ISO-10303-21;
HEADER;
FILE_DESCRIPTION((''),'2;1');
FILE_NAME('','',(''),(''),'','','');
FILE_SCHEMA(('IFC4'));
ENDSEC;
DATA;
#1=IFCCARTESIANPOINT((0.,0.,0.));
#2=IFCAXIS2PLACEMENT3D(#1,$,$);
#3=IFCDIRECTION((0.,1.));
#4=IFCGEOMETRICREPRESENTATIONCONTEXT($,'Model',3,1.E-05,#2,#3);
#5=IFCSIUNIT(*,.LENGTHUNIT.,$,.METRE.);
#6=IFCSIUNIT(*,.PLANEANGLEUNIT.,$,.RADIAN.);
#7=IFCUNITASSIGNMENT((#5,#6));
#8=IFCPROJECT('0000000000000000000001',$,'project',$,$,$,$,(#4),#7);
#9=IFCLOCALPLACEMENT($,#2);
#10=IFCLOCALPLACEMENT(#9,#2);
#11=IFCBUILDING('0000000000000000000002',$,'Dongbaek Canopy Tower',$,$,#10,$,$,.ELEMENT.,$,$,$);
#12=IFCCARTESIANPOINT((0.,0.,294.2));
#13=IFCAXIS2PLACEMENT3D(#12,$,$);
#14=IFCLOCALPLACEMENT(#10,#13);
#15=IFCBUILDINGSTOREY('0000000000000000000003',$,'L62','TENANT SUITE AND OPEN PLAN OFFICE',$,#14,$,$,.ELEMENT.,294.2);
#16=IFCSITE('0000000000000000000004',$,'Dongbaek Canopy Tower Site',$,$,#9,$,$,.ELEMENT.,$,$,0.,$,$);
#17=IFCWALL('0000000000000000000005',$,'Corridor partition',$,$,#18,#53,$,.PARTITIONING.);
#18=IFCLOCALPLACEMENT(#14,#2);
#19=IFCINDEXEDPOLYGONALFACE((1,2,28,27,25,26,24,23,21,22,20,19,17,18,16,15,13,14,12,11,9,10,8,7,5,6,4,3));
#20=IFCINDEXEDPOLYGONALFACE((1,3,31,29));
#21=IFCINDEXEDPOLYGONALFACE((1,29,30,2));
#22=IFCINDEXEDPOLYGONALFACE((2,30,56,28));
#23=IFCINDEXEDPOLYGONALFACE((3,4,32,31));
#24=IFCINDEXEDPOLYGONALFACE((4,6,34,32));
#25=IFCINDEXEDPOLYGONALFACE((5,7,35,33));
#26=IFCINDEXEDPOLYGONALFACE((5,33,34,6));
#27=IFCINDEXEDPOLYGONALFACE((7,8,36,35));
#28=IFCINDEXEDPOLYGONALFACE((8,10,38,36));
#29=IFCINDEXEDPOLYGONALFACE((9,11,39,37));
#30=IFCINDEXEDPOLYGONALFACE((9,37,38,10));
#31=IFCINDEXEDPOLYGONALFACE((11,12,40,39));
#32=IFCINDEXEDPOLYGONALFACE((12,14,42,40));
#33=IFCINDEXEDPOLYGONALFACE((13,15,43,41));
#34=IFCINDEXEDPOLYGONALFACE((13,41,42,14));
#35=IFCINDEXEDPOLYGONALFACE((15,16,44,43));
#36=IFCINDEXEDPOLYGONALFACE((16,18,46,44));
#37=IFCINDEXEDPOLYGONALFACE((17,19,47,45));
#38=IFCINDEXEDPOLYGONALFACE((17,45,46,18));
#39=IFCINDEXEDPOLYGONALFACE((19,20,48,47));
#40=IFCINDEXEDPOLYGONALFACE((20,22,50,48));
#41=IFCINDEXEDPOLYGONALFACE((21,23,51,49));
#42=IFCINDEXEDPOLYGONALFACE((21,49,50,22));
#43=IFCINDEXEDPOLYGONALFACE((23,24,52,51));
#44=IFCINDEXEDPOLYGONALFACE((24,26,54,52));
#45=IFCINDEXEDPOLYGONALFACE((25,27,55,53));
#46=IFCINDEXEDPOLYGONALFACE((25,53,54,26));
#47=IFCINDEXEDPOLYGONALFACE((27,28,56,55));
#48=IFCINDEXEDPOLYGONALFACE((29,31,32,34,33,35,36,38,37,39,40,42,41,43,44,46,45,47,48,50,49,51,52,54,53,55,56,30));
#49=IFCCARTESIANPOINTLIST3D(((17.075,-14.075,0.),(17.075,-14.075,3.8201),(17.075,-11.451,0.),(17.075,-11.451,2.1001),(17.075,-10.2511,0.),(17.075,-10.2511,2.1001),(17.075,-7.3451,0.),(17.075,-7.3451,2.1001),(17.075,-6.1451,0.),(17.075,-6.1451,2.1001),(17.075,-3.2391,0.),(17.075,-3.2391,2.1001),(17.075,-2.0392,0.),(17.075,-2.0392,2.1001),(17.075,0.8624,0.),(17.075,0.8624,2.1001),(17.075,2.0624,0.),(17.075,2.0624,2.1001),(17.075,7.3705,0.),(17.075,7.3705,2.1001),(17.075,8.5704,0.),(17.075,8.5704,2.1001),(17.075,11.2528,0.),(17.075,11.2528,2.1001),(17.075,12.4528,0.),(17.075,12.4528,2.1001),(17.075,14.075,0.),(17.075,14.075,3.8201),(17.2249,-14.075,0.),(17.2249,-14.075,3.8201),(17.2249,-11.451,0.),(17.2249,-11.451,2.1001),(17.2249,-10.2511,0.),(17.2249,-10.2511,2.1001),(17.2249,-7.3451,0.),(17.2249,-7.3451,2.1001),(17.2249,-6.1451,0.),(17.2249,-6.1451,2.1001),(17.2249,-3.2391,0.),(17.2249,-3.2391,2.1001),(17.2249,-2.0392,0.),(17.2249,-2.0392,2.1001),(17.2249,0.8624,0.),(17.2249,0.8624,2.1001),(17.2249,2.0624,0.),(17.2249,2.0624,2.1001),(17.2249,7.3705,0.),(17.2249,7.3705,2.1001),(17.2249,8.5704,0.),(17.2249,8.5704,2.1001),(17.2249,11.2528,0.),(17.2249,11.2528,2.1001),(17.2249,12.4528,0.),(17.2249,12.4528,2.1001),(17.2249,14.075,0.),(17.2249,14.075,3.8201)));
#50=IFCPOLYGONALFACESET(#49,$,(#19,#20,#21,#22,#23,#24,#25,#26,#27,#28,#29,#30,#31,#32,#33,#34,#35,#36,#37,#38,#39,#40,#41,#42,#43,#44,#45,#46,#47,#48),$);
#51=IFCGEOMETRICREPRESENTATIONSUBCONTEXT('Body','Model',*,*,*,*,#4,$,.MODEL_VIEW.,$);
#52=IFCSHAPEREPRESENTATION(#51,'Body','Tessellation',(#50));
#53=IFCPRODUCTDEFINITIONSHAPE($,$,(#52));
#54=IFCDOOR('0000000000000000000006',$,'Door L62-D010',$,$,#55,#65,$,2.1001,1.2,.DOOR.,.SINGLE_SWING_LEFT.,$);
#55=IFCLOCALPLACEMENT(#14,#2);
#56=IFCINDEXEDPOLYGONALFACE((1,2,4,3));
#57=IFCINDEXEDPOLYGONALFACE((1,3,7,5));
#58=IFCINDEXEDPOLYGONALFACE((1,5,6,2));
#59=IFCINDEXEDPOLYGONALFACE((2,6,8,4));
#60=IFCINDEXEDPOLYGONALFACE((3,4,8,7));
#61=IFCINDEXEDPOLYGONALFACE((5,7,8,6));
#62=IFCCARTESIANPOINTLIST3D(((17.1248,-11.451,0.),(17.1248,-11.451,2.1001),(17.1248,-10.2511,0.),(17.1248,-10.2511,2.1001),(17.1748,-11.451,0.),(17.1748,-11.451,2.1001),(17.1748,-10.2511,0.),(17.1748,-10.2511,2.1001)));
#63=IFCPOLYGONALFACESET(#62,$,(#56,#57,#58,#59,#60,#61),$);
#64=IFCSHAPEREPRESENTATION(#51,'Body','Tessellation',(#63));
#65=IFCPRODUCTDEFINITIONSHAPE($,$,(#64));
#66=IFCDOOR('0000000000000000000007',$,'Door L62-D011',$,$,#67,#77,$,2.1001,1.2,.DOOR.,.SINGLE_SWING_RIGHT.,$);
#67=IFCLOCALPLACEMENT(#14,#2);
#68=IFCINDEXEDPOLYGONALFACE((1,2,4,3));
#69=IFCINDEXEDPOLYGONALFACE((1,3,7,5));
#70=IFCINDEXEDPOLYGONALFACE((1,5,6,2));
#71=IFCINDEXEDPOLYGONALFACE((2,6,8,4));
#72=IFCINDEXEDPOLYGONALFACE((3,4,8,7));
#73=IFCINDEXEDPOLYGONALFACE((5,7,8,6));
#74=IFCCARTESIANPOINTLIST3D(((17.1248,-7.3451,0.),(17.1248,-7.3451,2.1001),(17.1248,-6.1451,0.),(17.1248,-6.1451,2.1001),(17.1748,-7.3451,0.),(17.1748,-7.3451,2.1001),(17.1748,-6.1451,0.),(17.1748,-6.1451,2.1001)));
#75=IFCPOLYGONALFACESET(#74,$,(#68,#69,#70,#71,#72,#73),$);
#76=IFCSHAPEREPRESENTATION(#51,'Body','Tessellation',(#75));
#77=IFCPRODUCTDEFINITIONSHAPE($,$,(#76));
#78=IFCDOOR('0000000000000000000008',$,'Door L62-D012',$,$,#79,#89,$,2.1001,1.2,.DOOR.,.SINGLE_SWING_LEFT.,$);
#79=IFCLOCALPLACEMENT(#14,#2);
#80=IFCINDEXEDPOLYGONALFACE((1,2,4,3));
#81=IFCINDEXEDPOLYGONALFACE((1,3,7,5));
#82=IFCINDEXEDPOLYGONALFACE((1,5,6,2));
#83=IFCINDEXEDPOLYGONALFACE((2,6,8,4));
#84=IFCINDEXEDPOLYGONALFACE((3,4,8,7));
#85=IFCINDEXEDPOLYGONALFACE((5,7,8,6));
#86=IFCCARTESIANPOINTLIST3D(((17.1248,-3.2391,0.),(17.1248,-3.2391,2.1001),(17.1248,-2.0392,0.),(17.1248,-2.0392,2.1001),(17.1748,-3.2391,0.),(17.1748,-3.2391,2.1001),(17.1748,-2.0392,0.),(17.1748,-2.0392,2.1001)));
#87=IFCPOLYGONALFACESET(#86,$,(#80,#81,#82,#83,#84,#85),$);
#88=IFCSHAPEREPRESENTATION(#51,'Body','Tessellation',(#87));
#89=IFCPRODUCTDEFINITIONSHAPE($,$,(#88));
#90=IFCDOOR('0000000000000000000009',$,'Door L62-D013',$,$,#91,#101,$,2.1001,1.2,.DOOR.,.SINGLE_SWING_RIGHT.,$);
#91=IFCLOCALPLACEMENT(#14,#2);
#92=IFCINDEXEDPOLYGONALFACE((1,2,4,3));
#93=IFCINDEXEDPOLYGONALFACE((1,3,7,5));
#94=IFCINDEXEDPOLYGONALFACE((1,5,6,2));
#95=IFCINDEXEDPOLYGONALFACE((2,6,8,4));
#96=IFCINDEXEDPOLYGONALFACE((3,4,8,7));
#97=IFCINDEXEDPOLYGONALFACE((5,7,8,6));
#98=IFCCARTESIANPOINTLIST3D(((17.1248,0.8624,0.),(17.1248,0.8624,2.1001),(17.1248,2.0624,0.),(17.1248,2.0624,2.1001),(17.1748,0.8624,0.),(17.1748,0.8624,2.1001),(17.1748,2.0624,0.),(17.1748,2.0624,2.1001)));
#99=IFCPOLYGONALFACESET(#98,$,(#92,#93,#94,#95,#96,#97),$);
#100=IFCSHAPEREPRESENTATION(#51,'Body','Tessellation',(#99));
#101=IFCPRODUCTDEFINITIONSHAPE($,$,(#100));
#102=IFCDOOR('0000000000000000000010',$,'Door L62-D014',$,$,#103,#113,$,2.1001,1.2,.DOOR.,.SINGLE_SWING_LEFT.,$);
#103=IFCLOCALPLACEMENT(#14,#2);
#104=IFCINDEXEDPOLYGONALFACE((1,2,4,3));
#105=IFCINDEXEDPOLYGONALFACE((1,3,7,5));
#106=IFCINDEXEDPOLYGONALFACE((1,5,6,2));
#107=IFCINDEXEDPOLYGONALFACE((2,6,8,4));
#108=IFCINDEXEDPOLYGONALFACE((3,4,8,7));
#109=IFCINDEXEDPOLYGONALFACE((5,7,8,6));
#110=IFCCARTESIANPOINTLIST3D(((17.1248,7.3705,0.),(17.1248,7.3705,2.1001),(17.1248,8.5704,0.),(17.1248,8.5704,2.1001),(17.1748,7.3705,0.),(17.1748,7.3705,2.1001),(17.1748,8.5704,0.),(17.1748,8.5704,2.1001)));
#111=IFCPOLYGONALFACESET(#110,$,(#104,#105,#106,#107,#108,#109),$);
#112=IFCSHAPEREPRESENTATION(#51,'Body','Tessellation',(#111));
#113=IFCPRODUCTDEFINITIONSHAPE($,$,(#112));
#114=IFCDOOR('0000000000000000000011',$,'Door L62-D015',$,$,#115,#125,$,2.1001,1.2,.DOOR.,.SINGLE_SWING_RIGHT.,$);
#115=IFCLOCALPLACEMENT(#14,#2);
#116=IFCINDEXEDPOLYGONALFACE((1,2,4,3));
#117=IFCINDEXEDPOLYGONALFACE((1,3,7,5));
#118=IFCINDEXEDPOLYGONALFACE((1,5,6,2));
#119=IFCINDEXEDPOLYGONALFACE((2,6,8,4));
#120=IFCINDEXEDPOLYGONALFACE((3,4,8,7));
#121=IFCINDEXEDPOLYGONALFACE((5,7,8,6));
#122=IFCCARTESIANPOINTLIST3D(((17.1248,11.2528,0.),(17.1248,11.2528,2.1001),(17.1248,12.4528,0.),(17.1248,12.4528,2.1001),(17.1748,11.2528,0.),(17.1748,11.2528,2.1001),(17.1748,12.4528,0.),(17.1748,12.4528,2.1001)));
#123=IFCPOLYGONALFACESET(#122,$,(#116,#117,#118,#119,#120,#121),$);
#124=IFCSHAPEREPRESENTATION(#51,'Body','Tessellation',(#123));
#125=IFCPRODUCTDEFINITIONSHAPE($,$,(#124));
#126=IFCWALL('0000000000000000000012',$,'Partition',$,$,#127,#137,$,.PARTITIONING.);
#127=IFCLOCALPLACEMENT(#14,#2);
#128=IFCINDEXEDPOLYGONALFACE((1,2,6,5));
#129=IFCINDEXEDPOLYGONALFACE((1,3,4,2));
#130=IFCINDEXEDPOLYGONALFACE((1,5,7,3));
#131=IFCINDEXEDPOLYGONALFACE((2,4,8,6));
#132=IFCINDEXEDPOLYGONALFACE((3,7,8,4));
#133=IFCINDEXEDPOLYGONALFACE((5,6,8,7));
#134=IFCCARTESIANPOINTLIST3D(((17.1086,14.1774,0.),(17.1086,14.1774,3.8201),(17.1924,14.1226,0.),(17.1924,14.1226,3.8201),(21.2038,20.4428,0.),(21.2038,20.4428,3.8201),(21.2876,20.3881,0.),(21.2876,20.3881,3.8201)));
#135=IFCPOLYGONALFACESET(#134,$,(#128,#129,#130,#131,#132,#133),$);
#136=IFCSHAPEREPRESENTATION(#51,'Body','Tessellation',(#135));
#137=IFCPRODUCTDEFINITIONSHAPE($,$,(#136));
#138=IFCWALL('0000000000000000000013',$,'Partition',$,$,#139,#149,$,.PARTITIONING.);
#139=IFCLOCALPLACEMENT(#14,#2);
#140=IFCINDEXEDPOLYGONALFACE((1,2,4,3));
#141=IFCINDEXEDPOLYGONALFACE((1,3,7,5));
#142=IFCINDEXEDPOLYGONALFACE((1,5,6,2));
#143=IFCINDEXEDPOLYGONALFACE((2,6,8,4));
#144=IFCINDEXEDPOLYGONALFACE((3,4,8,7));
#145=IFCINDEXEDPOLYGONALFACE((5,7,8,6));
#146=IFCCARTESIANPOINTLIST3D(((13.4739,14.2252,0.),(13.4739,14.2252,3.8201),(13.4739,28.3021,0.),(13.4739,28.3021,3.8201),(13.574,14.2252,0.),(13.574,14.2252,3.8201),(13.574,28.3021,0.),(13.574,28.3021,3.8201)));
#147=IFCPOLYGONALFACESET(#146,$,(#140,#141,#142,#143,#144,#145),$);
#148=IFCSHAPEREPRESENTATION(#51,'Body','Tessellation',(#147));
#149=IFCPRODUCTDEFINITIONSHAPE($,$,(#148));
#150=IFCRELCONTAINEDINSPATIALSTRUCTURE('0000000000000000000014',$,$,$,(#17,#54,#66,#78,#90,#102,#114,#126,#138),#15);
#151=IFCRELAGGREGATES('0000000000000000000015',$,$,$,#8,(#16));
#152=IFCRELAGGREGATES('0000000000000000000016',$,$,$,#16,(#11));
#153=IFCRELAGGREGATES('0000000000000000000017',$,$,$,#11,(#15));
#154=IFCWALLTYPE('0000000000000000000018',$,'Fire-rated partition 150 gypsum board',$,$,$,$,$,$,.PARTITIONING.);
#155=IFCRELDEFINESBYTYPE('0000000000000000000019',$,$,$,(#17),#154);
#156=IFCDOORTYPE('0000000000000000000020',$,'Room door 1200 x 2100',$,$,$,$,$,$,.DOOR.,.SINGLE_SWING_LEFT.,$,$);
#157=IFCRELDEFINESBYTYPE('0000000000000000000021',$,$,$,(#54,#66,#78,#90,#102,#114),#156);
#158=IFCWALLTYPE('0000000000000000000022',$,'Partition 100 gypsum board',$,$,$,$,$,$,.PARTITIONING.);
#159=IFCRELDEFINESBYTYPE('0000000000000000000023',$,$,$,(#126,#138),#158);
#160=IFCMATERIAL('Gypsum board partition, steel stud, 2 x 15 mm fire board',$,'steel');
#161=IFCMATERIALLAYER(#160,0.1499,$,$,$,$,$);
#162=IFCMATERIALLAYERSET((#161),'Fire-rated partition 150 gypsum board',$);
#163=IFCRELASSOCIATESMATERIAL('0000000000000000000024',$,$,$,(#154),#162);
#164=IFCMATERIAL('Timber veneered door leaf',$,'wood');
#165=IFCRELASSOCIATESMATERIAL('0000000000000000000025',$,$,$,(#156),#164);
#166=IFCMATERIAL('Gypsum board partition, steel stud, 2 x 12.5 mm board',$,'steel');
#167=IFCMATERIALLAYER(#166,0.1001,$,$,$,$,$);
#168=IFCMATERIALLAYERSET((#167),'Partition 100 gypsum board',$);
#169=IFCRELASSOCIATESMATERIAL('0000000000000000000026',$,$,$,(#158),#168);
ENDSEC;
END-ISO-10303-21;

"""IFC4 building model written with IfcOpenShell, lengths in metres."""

from ifc_helpers import new_model, si_unit, direction, frame, frame_2d, origin, place, context, subcontext, project, spatial, rectangle, extrude, material, layer, layer_set, type_object, element, fill, save


model = new_model("IFC4")

# Units and contexts
model_context = context("Model", 3, precision=1e-05, world=origin(), true_north=direction((0.0, 1.0)))
body_context = subcontext(model_context, "Body", "Model", "MODEL_VIEW")
ifc_project = project(units=[si_unit("LENGTHUNIT", "METRE"), si_unit("PLANEANGLEUNIT", "RADIAN")], contexts=[model_context])

# Site, building, storey
site_placement = place(None, origin())
site = spatial("IfcSite", under=ifc_project, at=site_placement, Name="Dongbaek Canopy Tower Site", CompositionType="ELEMENT", RefElevation=0.0)
building_placement = place(site_placement, origin())
building = spatial("IfcBuilding", under=site, at=building_placement, Name="Dongbaek Canopy Tower", CompositionType="ELEMENT")
storey_placement = place(building_placement, frame((0.0, 0.0, 294.2)))
storey = spatial("IfcBuildingStorey", under=building, at=storey_placement, Name="L62", Description="TENANT SUITE AND OPEN PLAN OFFICE", CompositionType="ELEMENT", Elevation=294.2)

# Wall, openings, doors
ifc_material_1 = material(Name="Gypsum board partition, steel stud, 2 x 15 mm fire board", Category="steel")
ifc_layer_1 = layer(ifc_material_1, 0.1499)
ifc_layer_set_1 = layer_set([ifc_layer_1], Name="Fire-rated partition 150 gypsum board")
wall_type_1 = type_object("IfcWallType", Name="Fire-rated partition 150 gypsum board", PredefinedType="PARTITIONING", material=ifc_layer_set_1)
wall_1_placement = place(storey_placement, frame((17.1499, 14.075, 0.0), z_axis=(0.0, 0.0, 1.0), x_axis=(0.0, -1.0, 0.0)))
wall_1 = element("IfcWall", 1, at=wall_1_placement, inside=storey, type_object=wall_type_1, Name="Corridor partition", PredefinedType="PARTITIONING", context=body_context, shape_type="SweptSolid", body=[
    extrude(rectangle(XDim=28.1499, YDim=0.1499, at=frame_2d((14.075, 0.0))), origin(), (0.0, 0.0, 1.0), 3.8201),
])
opening_1_placement = place(wall_1_placement, frame((24.3259, 0.0, 0.0)))
opening_1 = element("IfcOpeningElement", 2, at=opening_1_placement, cuts=wall_1, PredefinedType="OPENING", context=body_context, shape_type="SweptSolid", body=[
    extrude(rectangle(XDim=1.2, YDim=2.1001, at=frame_2d((0.6001, 1.05))), frame((0.0, 0.085, 0.0), z_axis=(0.0, -1.0, 0.0), x_axis=(1.0, 0.0, 0.0)), (0.0, 0.0, 1.0), 0.1699),
])
opening_2_placement = place(wall_1_placement, frame((20.22, 0.0, 0.0)))
opening_2 = element("IfcOpeningElement", 3, at=opening_2_placement, cuts=wall_1, PredefinedType="OPENING", context=body_context, shape_type="SweptSolid", body=[
    extrude(rectangle(XDim=1.2, YDim=2.1001, at=frame_2d((0.6001, 1.05))), frame((0.0, 0.085, 0.0), z_axis=(0.0, -1.0, 0.0), x_axis=(1.0, 0.0, 0.0)), (0.0, 0.0, 1.0), 0.1699),
])
opening_3_placement = place(wall_1_placement, frame((16.114, 0.0, 0.0)))
opening_3 = element("IfcOpeningElement", 4, at=opening_3_placement, cuts=wall_1, PredefinedType="OPENING", context=body_context, shape_type="SweptSolid", body=[
    extrude(rectangle(XDim=1.2, YDim=2.1001, at=frame_2d((0.6001, 1.05))), frame((0.0, 0.085, 0.0), z_axis=(0.0, -1.0, 0.0), x_axis=(1.0, 0.0, 0.0)), (0.0, 0.0, 1.0), 0.1699),
])
opening_4_placement = place(wall_1_placement, frame((12.0125, 0.0, 0.0)))
opening_4 = element("IfcOpeningElement", 5, at=opening_4_placement, cuts=wall_1, PredefinedType="OPENING", context=body_context, shape_type="SweptSolid", body=[
    extrude(rectangle(XDim=1.2, YDim=2.1001, at=frame_2d((0.6001, 1.05))), frame((0.0, 0.085, 0.0), z_axis=(0.0, -1.0, 0.0), x_axis=(1.0, 0.0, 0.0)), (0.0, 0.0, 1.0), 0.1699),
])
opening_5_placement = place(wall_1_placement, frame((5.5044, 0.0, 0.0)))
opening_5 = element("IfcOpeningElement", 6, at=opening_5_placement, cuts=wall_1, PredefinedType="OPENING", context=body_context, shape_type="SweptSolid", body=[
    extrude(rectangle(XDim=1.2, YDim=2.1001, at=frame_2d((0.6001, 1.05))), frame((0.0, 0.085, 0.0), z_axis=(0.0, -1.0, 0.0), x_axis=(1.0, 0.0, 0.0)), (0.0, 0.0, 1.0), 0.1699),
])
opening_6_placement = place(wall_1_placement, frame((1.6221, 0.0, 0.0)))
opening_6 = element("IfcOpeningElement", 7, at=opening_6_placement, cuts=wall_1, PredefinedType="OPENING", context=body_context, shape_type="SweptSolid", body=[
    extrude(rectangle(XDim=1.2, YDim=2.1001, at=frame_2d((0.6001, 1.05))), frame((0.0, 0.085, 0.0), z_axis=(0.0, -1.0, 0.0), x_axis=(1.0, 0.0, 0.0)), (0.0, 0.0, 1.0), 0.1699),
])
ifc_material_2 = material(Name="Timber veneered door leaf", Category="wood")
door_type_1 = type_object("IfcDoorType", Name="Room door 1200 x 2100", OperationType="SINGLE_SWING_LEFT", PredefinedType="DOOR", material=ifc_material_2)
door_1_placement = place(opening_1_placement, origin())
door_1 = element("IfcDoor", 8, at=door_1_placement, inside=storey, type_object=door_type_1, Name="Door L62-D010", OperationType="SINGLE_SWING_LEFT", OverallHeight=2.1001, OverallWidth=1.2, PredefinedType="DOOR", context=body_context, shape_type="SweptSolid", body=[
    extrude(rectangle(XDim=1.2, YDim=2.1001, at=frame_2d((0.6001, 1.05))), frame((0.0, 0.0249, 0.0), z_axis=(0.0, -1.0, 0.0), x_axis=(1.0, 0.0, 0.0)), (0.0, 0.0, 1.0), 0.05),
])
fill(opening_1, door_1)
door_2_placement = place(opening_2_placement, origin())
door_2 = element("IfcDoor", 9, at=door_2_placement, inside=storey, type_object=door_type_1, Name="Door L62-D011", OperationType="SINGLE_SWING_RIGHT", OverallHeight=2.1001, OverallWidth=1.2, PredefinedType="DOOR", context=body_context, shape_type="SweptSolid", body=[
    extrude(rectangle(XDim=1.2, YDim=2.1001, at=frame_2d((0.6001, 1.05))), frame((0.0, 0.0249, 0.0), z_axis=(0.0, -1.0, 0.0), x_axis=(1.0, 0.0, 0.0)), (0.0, 0.0, 1.0), 0.05),
])
fill(opening_2, door_2)
door_3_placement = place(opening_3_placement, origin())
door_3 = element("IfcDoor", 10, at=door_3_placement, inside=storey, type_object=door_type_1, Name="Door L62-D012", OperationType="SINGLE_SWING_LEFT", OverallHeight=2.1001, OverallWidth=1.2, PredefinedType="DOOR", context=body_context, shape_type="SweptSolid", body=[
    extrude(rectangle(XDim=1.2, YDim=2.1001, at=frame_2d((0.6001, 1.05))), frame((0.0, 0.0249, 0.0), z_axis=(0.0, -1.0, 0.0), x_axis=(1.0, 0.0, 0.0)), (0.0, 0.0, 1.0), 0.05),
])
fill(opening_3, door_3)
door_4_placement = place(opening_4_placement, origin())
door_4 = element("IfcDoor", 11, at=door_4_placement, inside=storey, type_object=door_type_1, Name="Door L62-D013", OperationType="SINGLE_SWING_RIGHT", OverallHeight=2.1001, OverallWidth=1.2, PredefinedType="DOOR", context=body_context, shape_type="SweptSolid", body=[
    extrude(rectangle(XDim=1.2, YDim=2.1001, at=frame_2d((0.6001, 1.05))), frame((0.0, 0.0249, 0.0), z_axis=(0.0, -1.0, 0.0), x_axis=(1.0, 0.0, 0.0)), (0.0, 0.0, 1.0), 0.05),
])
fill(opening_4, door_4)
door_5_placement = place(opening_5_placement, origin())
door_5 = element("IfcDoor", 12, at=door_5_placement, inside=storey, type_object=door_type_1, Name="Door L62-D014", OperationType="SINGLE_SWING_LEFT", OverallHeight=2.1001, OverallWidth=1.2, PredefinedType="DOOR", context=body_context, shape_type="SweptSolid", body=[
    extrude(rectangle(XDim=1.2, YDim=2.1001, at=frame_2d((0.6001, 1.05))), frame((0.0, 0.0249, 0.0), z_axis=(0.0, -1.0, 0.0), x_axis=(1.0, 0.0, 0.0)), (0.0, 0.0, 1.0), 0.05),
])
fill(opening_5, door_5)
door_6_placement = place(opening_6_placement, origin())
door_6 = element("IfcDoor", 13, at=door_6_placement, inside=storey, type_object=door_type_1, Name="Door L62-D015", OperationType="SINGLE_SWING_RIGHT", OverallHeight=2.1001, OverallWidth=1.2, PredefinedType="DOOR", context=body_context, shape_type="SweptSolid", body=[
    extrude(rectangle(XDim=1.2, YDim=2.1001, at=frame_2d((0.6001, 1.05))), frame((0.0, 0.0249, 0.0), z_axis=(0.0, -1.0, 0.0), x_axis=(1.0, 0.0, 0.0)), (0.0, 0.0, 1.0), 0.05),
])
fill(opening_6, door_6)

# Walls
ifc_material_3 = material(Name="Gypsum board partition, steel stud, 2 x 12.5 mm board", Category="steel")
ifc_layer_2 = layer(ifc_material_3, 0.1001)
ifc_layer_set_2 = layer_set([ifc_layer_2], Name="Partition 100 gypsum board")
wall_type_2 = type_object("IfcWallType", Name="Partition 100 gypsum board", PredefinedType="PARTITIONING", material=ifc_layer_set_2)
wall_2_placement = place(storey_placement, frame((17.1504, 14.1499, 0.0), z_axis=(0.0, 0.0, 1.0), x_axis=(0.54712, 0.837054, 0.0)))
element("IfcWall", 14, at=wall_2_placement, inside=storey, type_object=wall_type_2, Name="Partition", PredefinedType="PARTITIONING", context=body_context, shape_type="SweptSolid", body=[
    extrude(rectangle(XDim=7.4851, YDim=0.1001, at=frame_2d((3.7427, 0.0))), origin(), (0.0, 0.0, 1.0), 3.8201),
])
wall_3_placement = place(storey_placement, frame((13.5239, 14.2251, 0.0), z_axis=(0.0, 0.0, 1.0), x_axis=(0.0, 1.0, 0.0)))
element("IfcWall", 15, at=wall_3_placement, inside=storey, type_object=wall_type_2, Name="Partition", PredefinedType="PARTITIONING", context=body_context, shape_type="SweptSolid", body=[
    extrude(rectangle(XDim=14.0769, YDim=0.1001, at=frame_2d((7.0386, 0.0))), origin(), (0.0, 0.0, 1.0), 3.8201),
])

save(model, "model.ifc")
